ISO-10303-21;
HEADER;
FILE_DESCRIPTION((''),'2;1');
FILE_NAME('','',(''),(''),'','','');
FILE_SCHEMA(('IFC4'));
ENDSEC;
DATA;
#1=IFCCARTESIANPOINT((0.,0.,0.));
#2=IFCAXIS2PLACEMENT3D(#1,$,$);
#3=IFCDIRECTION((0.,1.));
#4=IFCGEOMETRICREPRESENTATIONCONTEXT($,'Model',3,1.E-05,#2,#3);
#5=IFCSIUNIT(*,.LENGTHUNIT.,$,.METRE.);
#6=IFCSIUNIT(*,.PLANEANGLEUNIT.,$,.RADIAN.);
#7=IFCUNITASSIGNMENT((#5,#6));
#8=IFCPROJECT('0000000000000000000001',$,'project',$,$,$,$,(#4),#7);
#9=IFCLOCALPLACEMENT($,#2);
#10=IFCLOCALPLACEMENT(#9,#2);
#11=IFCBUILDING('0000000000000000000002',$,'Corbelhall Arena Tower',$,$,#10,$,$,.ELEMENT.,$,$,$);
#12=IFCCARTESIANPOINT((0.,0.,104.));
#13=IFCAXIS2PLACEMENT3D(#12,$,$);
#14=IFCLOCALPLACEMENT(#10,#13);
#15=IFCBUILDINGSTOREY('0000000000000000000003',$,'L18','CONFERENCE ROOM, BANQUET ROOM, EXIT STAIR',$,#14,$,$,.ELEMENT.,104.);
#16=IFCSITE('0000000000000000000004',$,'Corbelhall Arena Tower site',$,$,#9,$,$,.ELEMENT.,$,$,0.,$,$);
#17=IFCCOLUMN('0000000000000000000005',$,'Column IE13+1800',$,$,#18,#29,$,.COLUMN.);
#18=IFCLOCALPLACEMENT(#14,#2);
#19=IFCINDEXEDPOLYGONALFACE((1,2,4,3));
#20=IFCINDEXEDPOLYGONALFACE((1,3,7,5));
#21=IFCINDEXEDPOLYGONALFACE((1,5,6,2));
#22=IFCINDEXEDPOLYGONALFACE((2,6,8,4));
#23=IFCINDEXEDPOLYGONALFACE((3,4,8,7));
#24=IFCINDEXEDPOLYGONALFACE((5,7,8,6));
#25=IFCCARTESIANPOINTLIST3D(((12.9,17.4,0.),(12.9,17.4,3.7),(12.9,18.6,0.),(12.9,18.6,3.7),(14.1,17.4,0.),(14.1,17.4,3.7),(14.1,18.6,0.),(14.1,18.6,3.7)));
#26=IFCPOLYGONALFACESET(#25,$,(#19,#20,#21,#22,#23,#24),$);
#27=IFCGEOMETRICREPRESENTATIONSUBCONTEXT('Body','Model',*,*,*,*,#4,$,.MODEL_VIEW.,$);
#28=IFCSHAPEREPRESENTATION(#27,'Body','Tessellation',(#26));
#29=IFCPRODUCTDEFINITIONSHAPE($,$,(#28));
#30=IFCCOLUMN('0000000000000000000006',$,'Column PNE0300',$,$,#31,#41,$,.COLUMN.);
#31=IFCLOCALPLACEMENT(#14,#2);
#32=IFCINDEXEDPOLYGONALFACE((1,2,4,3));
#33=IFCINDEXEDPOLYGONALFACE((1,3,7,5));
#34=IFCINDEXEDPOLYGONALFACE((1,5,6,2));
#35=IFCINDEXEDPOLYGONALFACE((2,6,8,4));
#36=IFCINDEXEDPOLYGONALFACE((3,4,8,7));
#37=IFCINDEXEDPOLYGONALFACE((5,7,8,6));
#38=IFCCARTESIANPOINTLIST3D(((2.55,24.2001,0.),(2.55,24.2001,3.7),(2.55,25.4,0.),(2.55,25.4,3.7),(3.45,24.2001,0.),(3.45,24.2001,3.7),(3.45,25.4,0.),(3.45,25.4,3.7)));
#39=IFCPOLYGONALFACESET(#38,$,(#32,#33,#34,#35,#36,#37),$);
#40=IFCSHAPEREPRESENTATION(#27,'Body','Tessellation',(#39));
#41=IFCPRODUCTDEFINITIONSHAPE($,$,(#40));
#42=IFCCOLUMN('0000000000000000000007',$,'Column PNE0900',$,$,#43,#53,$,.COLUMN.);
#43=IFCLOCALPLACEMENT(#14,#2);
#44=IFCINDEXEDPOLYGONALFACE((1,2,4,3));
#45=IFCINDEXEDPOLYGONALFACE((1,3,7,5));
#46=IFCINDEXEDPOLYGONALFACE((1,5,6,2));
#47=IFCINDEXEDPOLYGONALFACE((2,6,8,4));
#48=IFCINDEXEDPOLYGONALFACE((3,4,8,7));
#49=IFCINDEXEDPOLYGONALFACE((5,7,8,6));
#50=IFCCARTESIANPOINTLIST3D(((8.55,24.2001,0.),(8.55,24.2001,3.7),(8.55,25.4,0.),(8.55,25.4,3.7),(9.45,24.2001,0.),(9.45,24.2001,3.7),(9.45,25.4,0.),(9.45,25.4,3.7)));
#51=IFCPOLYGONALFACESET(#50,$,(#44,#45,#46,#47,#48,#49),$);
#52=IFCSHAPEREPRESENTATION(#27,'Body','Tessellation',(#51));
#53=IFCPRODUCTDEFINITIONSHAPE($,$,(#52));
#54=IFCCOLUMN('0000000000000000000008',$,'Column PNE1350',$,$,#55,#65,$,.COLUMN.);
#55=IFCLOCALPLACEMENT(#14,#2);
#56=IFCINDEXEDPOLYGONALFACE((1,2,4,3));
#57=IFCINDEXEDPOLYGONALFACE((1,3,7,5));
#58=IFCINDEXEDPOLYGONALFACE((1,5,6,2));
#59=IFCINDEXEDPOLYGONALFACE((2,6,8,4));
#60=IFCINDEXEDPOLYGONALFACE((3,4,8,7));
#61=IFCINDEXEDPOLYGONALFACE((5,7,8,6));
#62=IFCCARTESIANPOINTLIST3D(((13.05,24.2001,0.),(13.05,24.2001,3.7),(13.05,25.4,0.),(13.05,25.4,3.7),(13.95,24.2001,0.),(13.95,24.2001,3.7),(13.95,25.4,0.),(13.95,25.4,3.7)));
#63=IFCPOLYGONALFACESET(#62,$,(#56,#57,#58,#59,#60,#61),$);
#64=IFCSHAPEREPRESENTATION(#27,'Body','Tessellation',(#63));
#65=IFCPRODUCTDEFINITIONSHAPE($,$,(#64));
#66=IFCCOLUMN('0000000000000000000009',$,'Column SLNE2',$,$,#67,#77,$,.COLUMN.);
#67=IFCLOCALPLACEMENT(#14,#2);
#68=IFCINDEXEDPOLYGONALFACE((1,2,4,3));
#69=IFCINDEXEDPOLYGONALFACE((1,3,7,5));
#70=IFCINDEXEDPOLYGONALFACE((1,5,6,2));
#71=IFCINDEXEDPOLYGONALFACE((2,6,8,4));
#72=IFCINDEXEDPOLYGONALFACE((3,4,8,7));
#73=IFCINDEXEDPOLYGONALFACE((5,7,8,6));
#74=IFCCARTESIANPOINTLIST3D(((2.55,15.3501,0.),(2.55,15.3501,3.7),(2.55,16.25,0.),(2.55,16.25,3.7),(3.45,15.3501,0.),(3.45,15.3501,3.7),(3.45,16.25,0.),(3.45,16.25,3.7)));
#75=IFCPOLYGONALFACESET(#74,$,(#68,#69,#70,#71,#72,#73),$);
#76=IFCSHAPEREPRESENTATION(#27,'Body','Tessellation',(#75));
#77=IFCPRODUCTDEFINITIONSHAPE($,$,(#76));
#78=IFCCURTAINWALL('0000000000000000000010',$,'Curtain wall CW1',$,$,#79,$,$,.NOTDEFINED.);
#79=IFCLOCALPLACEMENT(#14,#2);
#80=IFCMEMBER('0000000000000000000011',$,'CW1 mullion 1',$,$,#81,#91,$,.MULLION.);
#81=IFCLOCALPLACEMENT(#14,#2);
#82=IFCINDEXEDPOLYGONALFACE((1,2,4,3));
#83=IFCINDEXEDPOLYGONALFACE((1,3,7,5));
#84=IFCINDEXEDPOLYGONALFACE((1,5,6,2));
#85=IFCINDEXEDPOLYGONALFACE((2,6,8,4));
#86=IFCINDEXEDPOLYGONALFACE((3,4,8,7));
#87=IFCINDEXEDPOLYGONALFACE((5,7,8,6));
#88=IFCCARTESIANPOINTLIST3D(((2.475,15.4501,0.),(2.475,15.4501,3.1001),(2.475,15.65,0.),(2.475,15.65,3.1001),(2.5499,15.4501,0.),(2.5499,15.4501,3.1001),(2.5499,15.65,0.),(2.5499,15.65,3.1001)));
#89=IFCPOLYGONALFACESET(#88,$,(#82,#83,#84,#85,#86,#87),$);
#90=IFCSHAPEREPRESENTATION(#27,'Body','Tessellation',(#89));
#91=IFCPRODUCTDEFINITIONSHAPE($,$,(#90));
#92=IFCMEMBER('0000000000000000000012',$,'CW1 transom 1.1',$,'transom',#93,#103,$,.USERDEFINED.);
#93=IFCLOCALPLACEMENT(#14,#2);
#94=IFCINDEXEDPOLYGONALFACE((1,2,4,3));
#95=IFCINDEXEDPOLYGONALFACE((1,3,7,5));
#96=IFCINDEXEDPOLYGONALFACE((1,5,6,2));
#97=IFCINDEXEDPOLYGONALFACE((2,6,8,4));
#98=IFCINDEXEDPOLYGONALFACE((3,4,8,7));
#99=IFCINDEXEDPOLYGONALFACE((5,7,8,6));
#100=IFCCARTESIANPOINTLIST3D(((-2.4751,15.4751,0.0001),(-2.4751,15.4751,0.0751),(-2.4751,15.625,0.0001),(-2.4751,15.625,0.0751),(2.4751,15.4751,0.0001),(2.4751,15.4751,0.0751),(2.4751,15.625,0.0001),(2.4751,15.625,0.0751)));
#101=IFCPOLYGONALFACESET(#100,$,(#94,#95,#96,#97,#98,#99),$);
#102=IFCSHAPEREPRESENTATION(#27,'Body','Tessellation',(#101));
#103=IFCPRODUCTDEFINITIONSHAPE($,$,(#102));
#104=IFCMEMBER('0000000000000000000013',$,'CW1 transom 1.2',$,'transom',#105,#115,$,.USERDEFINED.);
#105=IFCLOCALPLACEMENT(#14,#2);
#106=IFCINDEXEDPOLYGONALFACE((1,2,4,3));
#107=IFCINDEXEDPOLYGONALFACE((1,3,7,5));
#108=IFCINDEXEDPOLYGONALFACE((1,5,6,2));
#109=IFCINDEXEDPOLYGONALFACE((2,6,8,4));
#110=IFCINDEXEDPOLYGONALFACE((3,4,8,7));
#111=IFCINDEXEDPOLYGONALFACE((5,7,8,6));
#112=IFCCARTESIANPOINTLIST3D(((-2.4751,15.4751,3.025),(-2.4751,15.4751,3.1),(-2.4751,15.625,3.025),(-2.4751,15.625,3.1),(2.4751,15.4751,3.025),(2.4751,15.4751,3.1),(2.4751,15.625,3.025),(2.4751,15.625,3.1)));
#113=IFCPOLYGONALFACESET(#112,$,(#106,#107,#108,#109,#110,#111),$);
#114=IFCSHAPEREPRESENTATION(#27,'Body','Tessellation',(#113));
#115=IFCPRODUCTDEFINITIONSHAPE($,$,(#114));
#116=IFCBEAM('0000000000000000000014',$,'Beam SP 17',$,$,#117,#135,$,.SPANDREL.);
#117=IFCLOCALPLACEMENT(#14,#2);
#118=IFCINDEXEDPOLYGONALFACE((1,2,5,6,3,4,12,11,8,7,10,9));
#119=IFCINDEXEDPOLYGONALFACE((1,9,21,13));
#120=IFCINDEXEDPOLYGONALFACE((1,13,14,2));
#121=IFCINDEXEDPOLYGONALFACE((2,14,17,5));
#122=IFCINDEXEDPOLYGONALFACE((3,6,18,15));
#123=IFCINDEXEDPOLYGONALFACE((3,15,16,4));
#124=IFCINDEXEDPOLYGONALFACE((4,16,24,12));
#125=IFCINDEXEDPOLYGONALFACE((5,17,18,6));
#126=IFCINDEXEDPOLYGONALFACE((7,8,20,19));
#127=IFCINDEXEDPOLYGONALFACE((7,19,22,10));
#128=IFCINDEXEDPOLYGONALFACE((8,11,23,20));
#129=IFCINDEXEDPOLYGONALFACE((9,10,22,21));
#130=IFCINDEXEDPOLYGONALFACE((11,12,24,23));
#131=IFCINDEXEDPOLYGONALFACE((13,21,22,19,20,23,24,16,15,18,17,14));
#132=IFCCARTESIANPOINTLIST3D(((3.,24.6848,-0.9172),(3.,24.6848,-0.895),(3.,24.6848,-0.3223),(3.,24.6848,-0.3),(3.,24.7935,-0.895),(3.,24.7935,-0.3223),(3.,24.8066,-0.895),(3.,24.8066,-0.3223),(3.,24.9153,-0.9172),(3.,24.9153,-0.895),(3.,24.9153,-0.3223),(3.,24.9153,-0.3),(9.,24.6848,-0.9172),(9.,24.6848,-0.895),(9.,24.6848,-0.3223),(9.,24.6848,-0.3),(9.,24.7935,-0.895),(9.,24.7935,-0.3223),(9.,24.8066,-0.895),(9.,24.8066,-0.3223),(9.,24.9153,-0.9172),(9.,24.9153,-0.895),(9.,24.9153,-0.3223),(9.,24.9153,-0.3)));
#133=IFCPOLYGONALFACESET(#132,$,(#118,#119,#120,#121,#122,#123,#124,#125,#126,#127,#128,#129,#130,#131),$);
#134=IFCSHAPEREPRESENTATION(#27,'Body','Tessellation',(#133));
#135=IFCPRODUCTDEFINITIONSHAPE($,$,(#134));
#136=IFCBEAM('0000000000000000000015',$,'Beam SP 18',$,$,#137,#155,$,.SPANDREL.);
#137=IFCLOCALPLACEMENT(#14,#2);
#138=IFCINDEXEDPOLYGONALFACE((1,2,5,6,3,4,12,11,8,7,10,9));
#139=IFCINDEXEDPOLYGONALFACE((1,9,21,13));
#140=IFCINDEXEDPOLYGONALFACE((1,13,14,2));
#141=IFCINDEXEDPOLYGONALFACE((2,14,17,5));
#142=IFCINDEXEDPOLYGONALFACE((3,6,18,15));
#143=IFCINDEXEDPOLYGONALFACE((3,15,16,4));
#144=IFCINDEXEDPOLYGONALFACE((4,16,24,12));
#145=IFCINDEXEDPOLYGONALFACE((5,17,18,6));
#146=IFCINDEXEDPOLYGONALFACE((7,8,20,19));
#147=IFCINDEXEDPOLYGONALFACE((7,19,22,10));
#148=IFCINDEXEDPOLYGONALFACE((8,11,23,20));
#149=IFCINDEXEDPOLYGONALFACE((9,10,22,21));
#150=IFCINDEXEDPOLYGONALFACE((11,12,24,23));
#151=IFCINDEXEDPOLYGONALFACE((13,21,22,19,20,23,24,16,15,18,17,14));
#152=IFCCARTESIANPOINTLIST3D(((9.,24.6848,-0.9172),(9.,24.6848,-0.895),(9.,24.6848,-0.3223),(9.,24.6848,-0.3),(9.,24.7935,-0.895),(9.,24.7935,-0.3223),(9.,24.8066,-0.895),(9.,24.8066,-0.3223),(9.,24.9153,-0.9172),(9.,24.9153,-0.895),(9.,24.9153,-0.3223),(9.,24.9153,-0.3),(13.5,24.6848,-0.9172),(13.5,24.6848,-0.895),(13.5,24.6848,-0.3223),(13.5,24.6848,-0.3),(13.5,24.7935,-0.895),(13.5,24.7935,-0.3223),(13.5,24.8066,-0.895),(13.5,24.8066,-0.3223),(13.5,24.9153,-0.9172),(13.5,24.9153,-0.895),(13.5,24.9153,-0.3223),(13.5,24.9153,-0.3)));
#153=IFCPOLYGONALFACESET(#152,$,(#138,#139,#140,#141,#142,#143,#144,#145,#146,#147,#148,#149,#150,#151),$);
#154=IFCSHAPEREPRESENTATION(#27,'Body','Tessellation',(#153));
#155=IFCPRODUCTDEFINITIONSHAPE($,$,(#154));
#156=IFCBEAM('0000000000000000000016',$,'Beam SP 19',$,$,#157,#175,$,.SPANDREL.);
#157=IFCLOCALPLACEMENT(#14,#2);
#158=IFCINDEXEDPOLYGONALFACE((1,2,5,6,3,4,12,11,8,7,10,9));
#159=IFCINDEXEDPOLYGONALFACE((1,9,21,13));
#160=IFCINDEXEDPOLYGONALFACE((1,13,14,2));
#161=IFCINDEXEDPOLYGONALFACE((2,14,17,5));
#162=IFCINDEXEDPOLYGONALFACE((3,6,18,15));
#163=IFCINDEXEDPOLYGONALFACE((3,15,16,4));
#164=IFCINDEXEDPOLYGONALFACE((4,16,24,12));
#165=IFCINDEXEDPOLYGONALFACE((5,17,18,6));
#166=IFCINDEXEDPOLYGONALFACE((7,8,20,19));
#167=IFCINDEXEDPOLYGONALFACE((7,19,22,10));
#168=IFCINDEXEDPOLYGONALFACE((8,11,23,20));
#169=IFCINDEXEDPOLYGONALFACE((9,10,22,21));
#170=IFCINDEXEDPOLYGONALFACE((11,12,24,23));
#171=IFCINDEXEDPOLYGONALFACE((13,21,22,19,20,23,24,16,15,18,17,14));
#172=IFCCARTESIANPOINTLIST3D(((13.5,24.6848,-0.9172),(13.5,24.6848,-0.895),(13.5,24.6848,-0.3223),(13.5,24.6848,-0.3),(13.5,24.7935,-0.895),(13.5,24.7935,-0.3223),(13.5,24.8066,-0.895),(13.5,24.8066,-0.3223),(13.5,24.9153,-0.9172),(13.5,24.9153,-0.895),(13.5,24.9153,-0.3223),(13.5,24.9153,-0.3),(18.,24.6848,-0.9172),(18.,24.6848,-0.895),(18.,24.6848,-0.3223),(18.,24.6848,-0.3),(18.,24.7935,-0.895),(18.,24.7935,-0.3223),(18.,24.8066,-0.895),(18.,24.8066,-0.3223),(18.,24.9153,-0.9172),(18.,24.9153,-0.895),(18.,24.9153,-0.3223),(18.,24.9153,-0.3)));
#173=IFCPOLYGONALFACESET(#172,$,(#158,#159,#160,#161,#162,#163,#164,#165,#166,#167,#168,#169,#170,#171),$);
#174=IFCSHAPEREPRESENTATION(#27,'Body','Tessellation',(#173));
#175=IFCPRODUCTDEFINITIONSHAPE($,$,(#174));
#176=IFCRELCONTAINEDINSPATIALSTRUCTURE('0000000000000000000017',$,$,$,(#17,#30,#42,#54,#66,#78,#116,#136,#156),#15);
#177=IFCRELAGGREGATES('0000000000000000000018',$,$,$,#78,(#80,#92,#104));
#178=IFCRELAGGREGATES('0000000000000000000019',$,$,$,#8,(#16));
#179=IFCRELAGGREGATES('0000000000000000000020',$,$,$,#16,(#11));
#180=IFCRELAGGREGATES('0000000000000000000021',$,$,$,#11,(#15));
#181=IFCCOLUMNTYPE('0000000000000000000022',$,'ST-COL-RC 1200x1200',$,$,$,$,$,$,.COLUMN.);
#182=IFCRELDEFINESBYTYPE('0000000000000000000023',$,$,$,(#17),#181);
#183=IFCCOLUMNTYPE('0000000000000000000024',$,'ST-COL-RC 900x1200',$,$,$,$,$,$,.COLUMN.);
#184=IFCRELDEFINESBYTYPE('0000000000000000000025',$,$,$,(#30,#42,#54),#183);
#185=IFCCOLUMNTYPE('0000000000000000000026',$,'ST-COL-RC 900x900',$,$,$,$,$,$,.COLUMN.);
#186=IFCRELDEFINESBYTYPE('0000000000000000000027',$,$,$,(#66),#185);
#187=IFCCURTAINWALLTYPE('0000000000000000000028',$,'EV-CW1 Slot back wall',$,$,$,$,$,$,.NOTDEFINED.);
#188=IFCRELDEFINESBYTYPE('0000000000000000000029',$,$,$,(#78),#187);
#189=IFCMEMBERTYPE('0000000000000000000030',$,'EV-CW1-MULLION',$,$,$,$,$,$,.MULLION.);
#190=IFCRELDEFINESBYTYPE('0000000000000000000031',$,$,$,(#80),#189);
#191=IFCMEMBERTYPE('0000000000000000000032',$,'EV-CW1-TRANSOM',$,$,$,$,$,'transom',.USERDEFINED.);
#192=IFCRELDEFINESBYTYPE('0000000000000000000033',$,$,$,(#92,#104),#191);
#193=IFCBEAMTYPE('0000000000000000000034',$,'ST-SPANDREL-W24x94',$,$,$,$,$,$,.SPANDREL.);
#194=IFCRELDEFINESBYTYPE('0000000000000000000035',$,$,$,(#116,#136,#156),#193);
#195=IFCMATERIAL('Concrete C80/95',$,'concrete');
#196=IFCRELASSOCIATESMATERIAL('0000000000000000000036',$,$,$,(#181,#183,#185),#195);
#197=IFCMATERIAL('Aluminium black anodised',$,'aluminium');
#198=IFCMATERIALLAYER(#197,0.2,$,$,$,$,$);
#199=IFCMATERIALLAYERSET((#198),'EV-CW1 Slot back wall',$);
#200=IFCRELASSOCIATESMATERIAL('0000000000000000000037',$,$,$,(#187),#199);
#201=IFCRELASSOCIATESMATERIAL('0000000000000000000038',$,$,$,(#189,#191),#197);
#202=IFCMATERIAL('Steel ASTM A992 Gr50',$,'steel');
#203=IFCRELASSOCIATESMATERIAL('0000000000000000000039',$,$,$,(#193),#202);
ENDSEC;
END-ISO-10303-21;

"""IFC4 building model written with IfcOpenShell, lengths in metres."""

from ifc_helpers import new_model, si_unit, direction, frame, origin, origin_2d, place, context, subcontext, project, spatial, rectangle, i_section, extrude, material, layer, layer_set, material_profile, profile_set, type_object, element, aggregate, save


model = new_model("IFC4")

# Units and contexts
model_context = context("Model", 3, precision=1e-05, world=origin(), true_north=direction((0.0, 1.0)))
body_context = subcontext(model_context, "Body", "Model", "MODEL_VIEW")
ifc_project = project(units=[si_unit("LENGTHUNIT", "METRE"), si_unit("PLANEANGLEUNIT", "RADIAN")], contexts=[model_context])

# Site, building, storey
site_placement = place(None, origin())
site = spatial("IfcSite", under=ifc_project, at=site_placement, Name="Corbelhall Arena Tower site", CompositionType="ELEMENT", RefElevation=0.0)
building_placement = place(site_placement, origin())
building = spatial("IfcBuilding", under=site, at=building_placement, Name="Corbelhall Arena Tower", CompositionType="ELEMENT")
storey_placement = place(building_placement, frame((0.0, 0.0, 104.0)))
storey = spatial("IfcBuildingStorey", under=building, at=storey_placement, Name="L18", Description="CONFERENCE ROOM, BANQUET ROOM, EXIT STAIR", CompositionType="ELEMENT", Elevation=104.0)

# Columns
ifc_material_1 = material(Name="Concrete C80/95", Category="concrete")
ifc_material_profile_1 = material_profile(ifc_material_1, rectangle(XDim=1.2, YDim=1.2, at=origin_2d()))
ifc_profile_set_1 = profile_set([ifc_material_profile_1], Name="Concrete C80/95")
column_type_1 = type_object("IfcColumnType", Name="ST-COL-RC 1200x1200", PredefinedType="COLUMN", material=ifc_profile_set_1)
column_1_placement = place(storey_placement, frame((13.5, 18.0, 0.0), z_axis=(0.0, 0.0, 1.0), x_axis=(1.0, 0.0, 0.0)))
element("IfcColumn", 1, at=column_1_placement, inside=storey, type_object=column_type_1, Name="Column IE13+1800", PredefinedType="COLUMN", context=body_context, shape_type="SweptSolid", body=[
    extrude(rectangle(XDim=1.2, YDim=1.2, at=origin_2d()), origin(), (0.0, 0.0, 1.0), 3.7),
])
ifc_material_profile_2 = material_profile(ifc_material_1, rectangle(XDim=0.8999, YDim=1.2, at=origin_2d()))
ifc_profile_set_2 = profile_set([ifc_material_profile_2], Name="Concrete C80/95")
column_type_2 = type_object("IfcColumnType", Name="ST-COL-RC 900x1200", PredefinedType="COLUMN", material=ifc_profile_set_2)
for number, where, z_axis, x_axis, name in (
    (2, (3.0, 24.8, 0.0), (0.0, 0.0, 1.0), (1.0, 0.0, 0.0), "Column PNE0300"),
    (3, (9.0, 24.8, 0.0), (0.0, 0.0, 1.0), (1.0, 0.0, 0.0), "Column PNE0900"),
    (4, (13.5, 24.8, 0.0), (0.0, 0.0, 1.0), (1.0, 0.0, 0.0), "Column PNE1350"),
):
    element("IfcColumn", number, at=place(storey_placement, frame(where, z_axis=z_axis, x_axis=x_axis)), inside=storey, type_object=column_type_2, Name=name, PredefinedType="COLUMN", context=body_context, shape_type="SweptSolid", body=[
        extrude(rectangle(XDim=0.8999, YDim=1.2, at=origin_2d()), origin(), (0.0, 0.0, 1.0), 3.7),
    ])
ifc_material_profile_3 = material_profile(ifc_material_1, rectangle(XDim=0.8999, YDim=0.8999, at=origin_2d()))
ifc_profile_set_3 = profile_set([ifc_material_profile_3], Name="Concrete C80/95")
column_type_3 = type_object("IfcColumnType", Name="ST-COL-RC 900x900", PredefinedType="COLUMN", material=ifc_profile_set_3)
column_2_placement = place(storey_placement, frame((3.0, 15.8, 0.0), z_axis=(0.0, 0.0, 1.0), x_axis=(1.0, 0.0, 0.0)))
element("IfcColumn", 5, at=column_2_placement, inside=storey, type_object=column_type_3, Name="Column SLNE2", PredefinedType="COLUMN", context=body_context, shape_type="SweptSolid", body=[
    extrude(rectangle(XDim=0.8999, YDim=0.8999, at=origin_2d()), origin(), (0.0, 0.0, 1.0), 3.7),
])

# Curtain wall, members
ifc_material_2 = material(Name="Aluminium black anodised", Category="aluminium")
ifc_layer_1 = layer(ifc_material_2, 0.2)
ifc_layer_set_1 = layer_set([ifc_layer_1], Name="EV-CW1 Slot back wall")
curtain_wall_type = type_object("IfcCurtainWallType", Name="EV-CW1 Slot back wall", PredefinedType="NOTDEFINED", material=ifc_layer_set_1)
curtain_wall_placement = place(storey_placement, origin())
curtain_wall = element("IfcCurtainWall", 6, at=curtain_wall_placement, inside=storey, type_object=curtain_wall_type, Name="Curtain wall CW1", PredefinedType="NOTDEFINED")
ifc_material_profile_4 = material_profile(ifc_material_2, rectangle(XDim=0.2, YDim=0.075, at=origin_2d()))
ifc_profile_set_4 = profile_set([ifc_material_profile_4], Name="Aluminium black anodised")
member_type_1 = type_object("IfcMemberType", Name="EV-CW1-MULLION", PredefinedType="MULLION", material=ifc_profile_set_4)
member_1_placement = place(storey_placement, frame((2.5125, 15.55, 0.0), z_axis=(0.0, 0.0, 1.0), x_axis=(0.0, -1.0, 0.0)))
member_1 = element("IfcMember", 7, at=member_1_placement, type_object=member_type_1, Name="CW1 mullion 1", PredefinedType="MULLION", context=body_context, shape_type="SweptSolid", body=[
    extrude(rectangle(XDim=0.2, YDim=0.075, at=origin_2d()), origin(), (0.0, 0.0, 1.0), 3.1001),
])
ifc_material_profile_5 = material_profile(ifc_material_2, rectangle(XDim=0.1499, YDim=0.075, at=origin_2d()))
ifc_profile_set_5 = profile_set([ifc_material_profile_5], Name="Aluminium black anodised")
member_type_2 = type_object("IfcMemberType", Name="EV-CW1-TRANSOM", ElementType="transom", PredefinedType="USERDEFINED", material=ifc_profile_set_5)
member_2_placement = place(storey_placement, frame((2.4751, 15.55, 0.0376), z_axis=(-1.0, 0.0, 0.0), x_axis=(0.0, -1.0, 0.0)))
member_2 = element("IfcMember", 8, at=member_2_placement, type_object=member_type_2, Name="CW1 transom 1.1", ObjectType="transom", PredefinedType="USERDEFINED", context=body_context, shape_type="SweptSolid", body=[
    extrude(rectangle(XDim=0.1499, YDim=0.075, at=origin_2d()), origin(), (0.0, 0.0, 1.0), 4.9502),
])
member_3_placement = place(storey_placement, frame((2.4751, 15.55, 3.0625), z_axis=(-1.0, 0.0, 0.0), x_axis=(0.0, -1.0, 0.0)))
member_3 = element("IfcMember", 9, at=member_3_placement, type_object=member_type_2, Name="CW1 transom 1.2", ObjectType="transom", PredefinedType="USERDEFINED", context=body_context, shape_type="SweptSolid", body=[
    extrude(rectangle(XDim=0.1499, YDim=0.075, at=origin_2d()), origin(), (0.0, 0.0, 1.0), 4.9502),
])

# Beams
ifc_material_3 = material(Name="Steel ASTM A992 Gr50", Category="steel")
ifc_material_profile_6 = material_profile(ifc_material_3, i_section(OverallWidth=0.2305, OverallDepth=0.6172, WebThickness=0.0132, FlangeThickness=0.0222, at=origin_2d()))
ifc_profile_set_6 = profile_set([ifc_material_profile_6], Name="Steel ASTM A992 Gr50")
beam_type_1 = type_object("IfcBeamType", Name="ST-SPANDREL-W24x94", PredefinedType="SPANDREL", material=ifc_profile_set_6)
beam_1_placement = place(storey_placement, frame((3.0, 24.8, -0.6086), z_axis=(1.0, 0.0, 0.0), x_axis=(0.0, 1.0, 0.0)))
element("IfcBeam", 10, at=beam_1_placement, inside=storey, type_object=beam_type_1, Name="Beam SP 17", PredefinedType="SPANDREL", context=body_context, shape_type="SweptSolid", body=[
    extrude(i_section(OverallWidth=0.2305, OverallDepth=0.6172, WebThickness=0.0132, FlangeThickness=0.0222, at=origin_2d()), origin(), (0.0, 0.0, 1.0), 6.0),
])
for number, where, z_axis, x_axis, name in (
    (11, (9.0, 24.8, -0.6086), (1.0, 0.0, 0.0), (0.0, 1.0, 0.0), "Beam SP 18"),
    (12, (13.5, 24.8, -0.6086), (1.0, 0.0, 0.0), (0.0, 1.0, 0.0), "Beam SP 19"),
):
    element("IfcBeam", number, at=place(storey_placement, frame(where, z_axis=z_axis, x_axis=x_axis)), inside=storey, type_object=beam_type_1, Name=name, PredefinedType="SPANDREL", context=body_context, shape_type="SweptSolid", body=[
        extrude(i_section(OverallWidth=0.2305, OverallDepth=0.6172, WebThickness=0.0132, FlangeThickness=0.0222, at=origin_2d()), origin(), (0.0, 0.0, 1.0), 4.5),
    ])

aggregate(curtain_wall, [member_1, member_2, member_3])

save(model, "model.ifc")
